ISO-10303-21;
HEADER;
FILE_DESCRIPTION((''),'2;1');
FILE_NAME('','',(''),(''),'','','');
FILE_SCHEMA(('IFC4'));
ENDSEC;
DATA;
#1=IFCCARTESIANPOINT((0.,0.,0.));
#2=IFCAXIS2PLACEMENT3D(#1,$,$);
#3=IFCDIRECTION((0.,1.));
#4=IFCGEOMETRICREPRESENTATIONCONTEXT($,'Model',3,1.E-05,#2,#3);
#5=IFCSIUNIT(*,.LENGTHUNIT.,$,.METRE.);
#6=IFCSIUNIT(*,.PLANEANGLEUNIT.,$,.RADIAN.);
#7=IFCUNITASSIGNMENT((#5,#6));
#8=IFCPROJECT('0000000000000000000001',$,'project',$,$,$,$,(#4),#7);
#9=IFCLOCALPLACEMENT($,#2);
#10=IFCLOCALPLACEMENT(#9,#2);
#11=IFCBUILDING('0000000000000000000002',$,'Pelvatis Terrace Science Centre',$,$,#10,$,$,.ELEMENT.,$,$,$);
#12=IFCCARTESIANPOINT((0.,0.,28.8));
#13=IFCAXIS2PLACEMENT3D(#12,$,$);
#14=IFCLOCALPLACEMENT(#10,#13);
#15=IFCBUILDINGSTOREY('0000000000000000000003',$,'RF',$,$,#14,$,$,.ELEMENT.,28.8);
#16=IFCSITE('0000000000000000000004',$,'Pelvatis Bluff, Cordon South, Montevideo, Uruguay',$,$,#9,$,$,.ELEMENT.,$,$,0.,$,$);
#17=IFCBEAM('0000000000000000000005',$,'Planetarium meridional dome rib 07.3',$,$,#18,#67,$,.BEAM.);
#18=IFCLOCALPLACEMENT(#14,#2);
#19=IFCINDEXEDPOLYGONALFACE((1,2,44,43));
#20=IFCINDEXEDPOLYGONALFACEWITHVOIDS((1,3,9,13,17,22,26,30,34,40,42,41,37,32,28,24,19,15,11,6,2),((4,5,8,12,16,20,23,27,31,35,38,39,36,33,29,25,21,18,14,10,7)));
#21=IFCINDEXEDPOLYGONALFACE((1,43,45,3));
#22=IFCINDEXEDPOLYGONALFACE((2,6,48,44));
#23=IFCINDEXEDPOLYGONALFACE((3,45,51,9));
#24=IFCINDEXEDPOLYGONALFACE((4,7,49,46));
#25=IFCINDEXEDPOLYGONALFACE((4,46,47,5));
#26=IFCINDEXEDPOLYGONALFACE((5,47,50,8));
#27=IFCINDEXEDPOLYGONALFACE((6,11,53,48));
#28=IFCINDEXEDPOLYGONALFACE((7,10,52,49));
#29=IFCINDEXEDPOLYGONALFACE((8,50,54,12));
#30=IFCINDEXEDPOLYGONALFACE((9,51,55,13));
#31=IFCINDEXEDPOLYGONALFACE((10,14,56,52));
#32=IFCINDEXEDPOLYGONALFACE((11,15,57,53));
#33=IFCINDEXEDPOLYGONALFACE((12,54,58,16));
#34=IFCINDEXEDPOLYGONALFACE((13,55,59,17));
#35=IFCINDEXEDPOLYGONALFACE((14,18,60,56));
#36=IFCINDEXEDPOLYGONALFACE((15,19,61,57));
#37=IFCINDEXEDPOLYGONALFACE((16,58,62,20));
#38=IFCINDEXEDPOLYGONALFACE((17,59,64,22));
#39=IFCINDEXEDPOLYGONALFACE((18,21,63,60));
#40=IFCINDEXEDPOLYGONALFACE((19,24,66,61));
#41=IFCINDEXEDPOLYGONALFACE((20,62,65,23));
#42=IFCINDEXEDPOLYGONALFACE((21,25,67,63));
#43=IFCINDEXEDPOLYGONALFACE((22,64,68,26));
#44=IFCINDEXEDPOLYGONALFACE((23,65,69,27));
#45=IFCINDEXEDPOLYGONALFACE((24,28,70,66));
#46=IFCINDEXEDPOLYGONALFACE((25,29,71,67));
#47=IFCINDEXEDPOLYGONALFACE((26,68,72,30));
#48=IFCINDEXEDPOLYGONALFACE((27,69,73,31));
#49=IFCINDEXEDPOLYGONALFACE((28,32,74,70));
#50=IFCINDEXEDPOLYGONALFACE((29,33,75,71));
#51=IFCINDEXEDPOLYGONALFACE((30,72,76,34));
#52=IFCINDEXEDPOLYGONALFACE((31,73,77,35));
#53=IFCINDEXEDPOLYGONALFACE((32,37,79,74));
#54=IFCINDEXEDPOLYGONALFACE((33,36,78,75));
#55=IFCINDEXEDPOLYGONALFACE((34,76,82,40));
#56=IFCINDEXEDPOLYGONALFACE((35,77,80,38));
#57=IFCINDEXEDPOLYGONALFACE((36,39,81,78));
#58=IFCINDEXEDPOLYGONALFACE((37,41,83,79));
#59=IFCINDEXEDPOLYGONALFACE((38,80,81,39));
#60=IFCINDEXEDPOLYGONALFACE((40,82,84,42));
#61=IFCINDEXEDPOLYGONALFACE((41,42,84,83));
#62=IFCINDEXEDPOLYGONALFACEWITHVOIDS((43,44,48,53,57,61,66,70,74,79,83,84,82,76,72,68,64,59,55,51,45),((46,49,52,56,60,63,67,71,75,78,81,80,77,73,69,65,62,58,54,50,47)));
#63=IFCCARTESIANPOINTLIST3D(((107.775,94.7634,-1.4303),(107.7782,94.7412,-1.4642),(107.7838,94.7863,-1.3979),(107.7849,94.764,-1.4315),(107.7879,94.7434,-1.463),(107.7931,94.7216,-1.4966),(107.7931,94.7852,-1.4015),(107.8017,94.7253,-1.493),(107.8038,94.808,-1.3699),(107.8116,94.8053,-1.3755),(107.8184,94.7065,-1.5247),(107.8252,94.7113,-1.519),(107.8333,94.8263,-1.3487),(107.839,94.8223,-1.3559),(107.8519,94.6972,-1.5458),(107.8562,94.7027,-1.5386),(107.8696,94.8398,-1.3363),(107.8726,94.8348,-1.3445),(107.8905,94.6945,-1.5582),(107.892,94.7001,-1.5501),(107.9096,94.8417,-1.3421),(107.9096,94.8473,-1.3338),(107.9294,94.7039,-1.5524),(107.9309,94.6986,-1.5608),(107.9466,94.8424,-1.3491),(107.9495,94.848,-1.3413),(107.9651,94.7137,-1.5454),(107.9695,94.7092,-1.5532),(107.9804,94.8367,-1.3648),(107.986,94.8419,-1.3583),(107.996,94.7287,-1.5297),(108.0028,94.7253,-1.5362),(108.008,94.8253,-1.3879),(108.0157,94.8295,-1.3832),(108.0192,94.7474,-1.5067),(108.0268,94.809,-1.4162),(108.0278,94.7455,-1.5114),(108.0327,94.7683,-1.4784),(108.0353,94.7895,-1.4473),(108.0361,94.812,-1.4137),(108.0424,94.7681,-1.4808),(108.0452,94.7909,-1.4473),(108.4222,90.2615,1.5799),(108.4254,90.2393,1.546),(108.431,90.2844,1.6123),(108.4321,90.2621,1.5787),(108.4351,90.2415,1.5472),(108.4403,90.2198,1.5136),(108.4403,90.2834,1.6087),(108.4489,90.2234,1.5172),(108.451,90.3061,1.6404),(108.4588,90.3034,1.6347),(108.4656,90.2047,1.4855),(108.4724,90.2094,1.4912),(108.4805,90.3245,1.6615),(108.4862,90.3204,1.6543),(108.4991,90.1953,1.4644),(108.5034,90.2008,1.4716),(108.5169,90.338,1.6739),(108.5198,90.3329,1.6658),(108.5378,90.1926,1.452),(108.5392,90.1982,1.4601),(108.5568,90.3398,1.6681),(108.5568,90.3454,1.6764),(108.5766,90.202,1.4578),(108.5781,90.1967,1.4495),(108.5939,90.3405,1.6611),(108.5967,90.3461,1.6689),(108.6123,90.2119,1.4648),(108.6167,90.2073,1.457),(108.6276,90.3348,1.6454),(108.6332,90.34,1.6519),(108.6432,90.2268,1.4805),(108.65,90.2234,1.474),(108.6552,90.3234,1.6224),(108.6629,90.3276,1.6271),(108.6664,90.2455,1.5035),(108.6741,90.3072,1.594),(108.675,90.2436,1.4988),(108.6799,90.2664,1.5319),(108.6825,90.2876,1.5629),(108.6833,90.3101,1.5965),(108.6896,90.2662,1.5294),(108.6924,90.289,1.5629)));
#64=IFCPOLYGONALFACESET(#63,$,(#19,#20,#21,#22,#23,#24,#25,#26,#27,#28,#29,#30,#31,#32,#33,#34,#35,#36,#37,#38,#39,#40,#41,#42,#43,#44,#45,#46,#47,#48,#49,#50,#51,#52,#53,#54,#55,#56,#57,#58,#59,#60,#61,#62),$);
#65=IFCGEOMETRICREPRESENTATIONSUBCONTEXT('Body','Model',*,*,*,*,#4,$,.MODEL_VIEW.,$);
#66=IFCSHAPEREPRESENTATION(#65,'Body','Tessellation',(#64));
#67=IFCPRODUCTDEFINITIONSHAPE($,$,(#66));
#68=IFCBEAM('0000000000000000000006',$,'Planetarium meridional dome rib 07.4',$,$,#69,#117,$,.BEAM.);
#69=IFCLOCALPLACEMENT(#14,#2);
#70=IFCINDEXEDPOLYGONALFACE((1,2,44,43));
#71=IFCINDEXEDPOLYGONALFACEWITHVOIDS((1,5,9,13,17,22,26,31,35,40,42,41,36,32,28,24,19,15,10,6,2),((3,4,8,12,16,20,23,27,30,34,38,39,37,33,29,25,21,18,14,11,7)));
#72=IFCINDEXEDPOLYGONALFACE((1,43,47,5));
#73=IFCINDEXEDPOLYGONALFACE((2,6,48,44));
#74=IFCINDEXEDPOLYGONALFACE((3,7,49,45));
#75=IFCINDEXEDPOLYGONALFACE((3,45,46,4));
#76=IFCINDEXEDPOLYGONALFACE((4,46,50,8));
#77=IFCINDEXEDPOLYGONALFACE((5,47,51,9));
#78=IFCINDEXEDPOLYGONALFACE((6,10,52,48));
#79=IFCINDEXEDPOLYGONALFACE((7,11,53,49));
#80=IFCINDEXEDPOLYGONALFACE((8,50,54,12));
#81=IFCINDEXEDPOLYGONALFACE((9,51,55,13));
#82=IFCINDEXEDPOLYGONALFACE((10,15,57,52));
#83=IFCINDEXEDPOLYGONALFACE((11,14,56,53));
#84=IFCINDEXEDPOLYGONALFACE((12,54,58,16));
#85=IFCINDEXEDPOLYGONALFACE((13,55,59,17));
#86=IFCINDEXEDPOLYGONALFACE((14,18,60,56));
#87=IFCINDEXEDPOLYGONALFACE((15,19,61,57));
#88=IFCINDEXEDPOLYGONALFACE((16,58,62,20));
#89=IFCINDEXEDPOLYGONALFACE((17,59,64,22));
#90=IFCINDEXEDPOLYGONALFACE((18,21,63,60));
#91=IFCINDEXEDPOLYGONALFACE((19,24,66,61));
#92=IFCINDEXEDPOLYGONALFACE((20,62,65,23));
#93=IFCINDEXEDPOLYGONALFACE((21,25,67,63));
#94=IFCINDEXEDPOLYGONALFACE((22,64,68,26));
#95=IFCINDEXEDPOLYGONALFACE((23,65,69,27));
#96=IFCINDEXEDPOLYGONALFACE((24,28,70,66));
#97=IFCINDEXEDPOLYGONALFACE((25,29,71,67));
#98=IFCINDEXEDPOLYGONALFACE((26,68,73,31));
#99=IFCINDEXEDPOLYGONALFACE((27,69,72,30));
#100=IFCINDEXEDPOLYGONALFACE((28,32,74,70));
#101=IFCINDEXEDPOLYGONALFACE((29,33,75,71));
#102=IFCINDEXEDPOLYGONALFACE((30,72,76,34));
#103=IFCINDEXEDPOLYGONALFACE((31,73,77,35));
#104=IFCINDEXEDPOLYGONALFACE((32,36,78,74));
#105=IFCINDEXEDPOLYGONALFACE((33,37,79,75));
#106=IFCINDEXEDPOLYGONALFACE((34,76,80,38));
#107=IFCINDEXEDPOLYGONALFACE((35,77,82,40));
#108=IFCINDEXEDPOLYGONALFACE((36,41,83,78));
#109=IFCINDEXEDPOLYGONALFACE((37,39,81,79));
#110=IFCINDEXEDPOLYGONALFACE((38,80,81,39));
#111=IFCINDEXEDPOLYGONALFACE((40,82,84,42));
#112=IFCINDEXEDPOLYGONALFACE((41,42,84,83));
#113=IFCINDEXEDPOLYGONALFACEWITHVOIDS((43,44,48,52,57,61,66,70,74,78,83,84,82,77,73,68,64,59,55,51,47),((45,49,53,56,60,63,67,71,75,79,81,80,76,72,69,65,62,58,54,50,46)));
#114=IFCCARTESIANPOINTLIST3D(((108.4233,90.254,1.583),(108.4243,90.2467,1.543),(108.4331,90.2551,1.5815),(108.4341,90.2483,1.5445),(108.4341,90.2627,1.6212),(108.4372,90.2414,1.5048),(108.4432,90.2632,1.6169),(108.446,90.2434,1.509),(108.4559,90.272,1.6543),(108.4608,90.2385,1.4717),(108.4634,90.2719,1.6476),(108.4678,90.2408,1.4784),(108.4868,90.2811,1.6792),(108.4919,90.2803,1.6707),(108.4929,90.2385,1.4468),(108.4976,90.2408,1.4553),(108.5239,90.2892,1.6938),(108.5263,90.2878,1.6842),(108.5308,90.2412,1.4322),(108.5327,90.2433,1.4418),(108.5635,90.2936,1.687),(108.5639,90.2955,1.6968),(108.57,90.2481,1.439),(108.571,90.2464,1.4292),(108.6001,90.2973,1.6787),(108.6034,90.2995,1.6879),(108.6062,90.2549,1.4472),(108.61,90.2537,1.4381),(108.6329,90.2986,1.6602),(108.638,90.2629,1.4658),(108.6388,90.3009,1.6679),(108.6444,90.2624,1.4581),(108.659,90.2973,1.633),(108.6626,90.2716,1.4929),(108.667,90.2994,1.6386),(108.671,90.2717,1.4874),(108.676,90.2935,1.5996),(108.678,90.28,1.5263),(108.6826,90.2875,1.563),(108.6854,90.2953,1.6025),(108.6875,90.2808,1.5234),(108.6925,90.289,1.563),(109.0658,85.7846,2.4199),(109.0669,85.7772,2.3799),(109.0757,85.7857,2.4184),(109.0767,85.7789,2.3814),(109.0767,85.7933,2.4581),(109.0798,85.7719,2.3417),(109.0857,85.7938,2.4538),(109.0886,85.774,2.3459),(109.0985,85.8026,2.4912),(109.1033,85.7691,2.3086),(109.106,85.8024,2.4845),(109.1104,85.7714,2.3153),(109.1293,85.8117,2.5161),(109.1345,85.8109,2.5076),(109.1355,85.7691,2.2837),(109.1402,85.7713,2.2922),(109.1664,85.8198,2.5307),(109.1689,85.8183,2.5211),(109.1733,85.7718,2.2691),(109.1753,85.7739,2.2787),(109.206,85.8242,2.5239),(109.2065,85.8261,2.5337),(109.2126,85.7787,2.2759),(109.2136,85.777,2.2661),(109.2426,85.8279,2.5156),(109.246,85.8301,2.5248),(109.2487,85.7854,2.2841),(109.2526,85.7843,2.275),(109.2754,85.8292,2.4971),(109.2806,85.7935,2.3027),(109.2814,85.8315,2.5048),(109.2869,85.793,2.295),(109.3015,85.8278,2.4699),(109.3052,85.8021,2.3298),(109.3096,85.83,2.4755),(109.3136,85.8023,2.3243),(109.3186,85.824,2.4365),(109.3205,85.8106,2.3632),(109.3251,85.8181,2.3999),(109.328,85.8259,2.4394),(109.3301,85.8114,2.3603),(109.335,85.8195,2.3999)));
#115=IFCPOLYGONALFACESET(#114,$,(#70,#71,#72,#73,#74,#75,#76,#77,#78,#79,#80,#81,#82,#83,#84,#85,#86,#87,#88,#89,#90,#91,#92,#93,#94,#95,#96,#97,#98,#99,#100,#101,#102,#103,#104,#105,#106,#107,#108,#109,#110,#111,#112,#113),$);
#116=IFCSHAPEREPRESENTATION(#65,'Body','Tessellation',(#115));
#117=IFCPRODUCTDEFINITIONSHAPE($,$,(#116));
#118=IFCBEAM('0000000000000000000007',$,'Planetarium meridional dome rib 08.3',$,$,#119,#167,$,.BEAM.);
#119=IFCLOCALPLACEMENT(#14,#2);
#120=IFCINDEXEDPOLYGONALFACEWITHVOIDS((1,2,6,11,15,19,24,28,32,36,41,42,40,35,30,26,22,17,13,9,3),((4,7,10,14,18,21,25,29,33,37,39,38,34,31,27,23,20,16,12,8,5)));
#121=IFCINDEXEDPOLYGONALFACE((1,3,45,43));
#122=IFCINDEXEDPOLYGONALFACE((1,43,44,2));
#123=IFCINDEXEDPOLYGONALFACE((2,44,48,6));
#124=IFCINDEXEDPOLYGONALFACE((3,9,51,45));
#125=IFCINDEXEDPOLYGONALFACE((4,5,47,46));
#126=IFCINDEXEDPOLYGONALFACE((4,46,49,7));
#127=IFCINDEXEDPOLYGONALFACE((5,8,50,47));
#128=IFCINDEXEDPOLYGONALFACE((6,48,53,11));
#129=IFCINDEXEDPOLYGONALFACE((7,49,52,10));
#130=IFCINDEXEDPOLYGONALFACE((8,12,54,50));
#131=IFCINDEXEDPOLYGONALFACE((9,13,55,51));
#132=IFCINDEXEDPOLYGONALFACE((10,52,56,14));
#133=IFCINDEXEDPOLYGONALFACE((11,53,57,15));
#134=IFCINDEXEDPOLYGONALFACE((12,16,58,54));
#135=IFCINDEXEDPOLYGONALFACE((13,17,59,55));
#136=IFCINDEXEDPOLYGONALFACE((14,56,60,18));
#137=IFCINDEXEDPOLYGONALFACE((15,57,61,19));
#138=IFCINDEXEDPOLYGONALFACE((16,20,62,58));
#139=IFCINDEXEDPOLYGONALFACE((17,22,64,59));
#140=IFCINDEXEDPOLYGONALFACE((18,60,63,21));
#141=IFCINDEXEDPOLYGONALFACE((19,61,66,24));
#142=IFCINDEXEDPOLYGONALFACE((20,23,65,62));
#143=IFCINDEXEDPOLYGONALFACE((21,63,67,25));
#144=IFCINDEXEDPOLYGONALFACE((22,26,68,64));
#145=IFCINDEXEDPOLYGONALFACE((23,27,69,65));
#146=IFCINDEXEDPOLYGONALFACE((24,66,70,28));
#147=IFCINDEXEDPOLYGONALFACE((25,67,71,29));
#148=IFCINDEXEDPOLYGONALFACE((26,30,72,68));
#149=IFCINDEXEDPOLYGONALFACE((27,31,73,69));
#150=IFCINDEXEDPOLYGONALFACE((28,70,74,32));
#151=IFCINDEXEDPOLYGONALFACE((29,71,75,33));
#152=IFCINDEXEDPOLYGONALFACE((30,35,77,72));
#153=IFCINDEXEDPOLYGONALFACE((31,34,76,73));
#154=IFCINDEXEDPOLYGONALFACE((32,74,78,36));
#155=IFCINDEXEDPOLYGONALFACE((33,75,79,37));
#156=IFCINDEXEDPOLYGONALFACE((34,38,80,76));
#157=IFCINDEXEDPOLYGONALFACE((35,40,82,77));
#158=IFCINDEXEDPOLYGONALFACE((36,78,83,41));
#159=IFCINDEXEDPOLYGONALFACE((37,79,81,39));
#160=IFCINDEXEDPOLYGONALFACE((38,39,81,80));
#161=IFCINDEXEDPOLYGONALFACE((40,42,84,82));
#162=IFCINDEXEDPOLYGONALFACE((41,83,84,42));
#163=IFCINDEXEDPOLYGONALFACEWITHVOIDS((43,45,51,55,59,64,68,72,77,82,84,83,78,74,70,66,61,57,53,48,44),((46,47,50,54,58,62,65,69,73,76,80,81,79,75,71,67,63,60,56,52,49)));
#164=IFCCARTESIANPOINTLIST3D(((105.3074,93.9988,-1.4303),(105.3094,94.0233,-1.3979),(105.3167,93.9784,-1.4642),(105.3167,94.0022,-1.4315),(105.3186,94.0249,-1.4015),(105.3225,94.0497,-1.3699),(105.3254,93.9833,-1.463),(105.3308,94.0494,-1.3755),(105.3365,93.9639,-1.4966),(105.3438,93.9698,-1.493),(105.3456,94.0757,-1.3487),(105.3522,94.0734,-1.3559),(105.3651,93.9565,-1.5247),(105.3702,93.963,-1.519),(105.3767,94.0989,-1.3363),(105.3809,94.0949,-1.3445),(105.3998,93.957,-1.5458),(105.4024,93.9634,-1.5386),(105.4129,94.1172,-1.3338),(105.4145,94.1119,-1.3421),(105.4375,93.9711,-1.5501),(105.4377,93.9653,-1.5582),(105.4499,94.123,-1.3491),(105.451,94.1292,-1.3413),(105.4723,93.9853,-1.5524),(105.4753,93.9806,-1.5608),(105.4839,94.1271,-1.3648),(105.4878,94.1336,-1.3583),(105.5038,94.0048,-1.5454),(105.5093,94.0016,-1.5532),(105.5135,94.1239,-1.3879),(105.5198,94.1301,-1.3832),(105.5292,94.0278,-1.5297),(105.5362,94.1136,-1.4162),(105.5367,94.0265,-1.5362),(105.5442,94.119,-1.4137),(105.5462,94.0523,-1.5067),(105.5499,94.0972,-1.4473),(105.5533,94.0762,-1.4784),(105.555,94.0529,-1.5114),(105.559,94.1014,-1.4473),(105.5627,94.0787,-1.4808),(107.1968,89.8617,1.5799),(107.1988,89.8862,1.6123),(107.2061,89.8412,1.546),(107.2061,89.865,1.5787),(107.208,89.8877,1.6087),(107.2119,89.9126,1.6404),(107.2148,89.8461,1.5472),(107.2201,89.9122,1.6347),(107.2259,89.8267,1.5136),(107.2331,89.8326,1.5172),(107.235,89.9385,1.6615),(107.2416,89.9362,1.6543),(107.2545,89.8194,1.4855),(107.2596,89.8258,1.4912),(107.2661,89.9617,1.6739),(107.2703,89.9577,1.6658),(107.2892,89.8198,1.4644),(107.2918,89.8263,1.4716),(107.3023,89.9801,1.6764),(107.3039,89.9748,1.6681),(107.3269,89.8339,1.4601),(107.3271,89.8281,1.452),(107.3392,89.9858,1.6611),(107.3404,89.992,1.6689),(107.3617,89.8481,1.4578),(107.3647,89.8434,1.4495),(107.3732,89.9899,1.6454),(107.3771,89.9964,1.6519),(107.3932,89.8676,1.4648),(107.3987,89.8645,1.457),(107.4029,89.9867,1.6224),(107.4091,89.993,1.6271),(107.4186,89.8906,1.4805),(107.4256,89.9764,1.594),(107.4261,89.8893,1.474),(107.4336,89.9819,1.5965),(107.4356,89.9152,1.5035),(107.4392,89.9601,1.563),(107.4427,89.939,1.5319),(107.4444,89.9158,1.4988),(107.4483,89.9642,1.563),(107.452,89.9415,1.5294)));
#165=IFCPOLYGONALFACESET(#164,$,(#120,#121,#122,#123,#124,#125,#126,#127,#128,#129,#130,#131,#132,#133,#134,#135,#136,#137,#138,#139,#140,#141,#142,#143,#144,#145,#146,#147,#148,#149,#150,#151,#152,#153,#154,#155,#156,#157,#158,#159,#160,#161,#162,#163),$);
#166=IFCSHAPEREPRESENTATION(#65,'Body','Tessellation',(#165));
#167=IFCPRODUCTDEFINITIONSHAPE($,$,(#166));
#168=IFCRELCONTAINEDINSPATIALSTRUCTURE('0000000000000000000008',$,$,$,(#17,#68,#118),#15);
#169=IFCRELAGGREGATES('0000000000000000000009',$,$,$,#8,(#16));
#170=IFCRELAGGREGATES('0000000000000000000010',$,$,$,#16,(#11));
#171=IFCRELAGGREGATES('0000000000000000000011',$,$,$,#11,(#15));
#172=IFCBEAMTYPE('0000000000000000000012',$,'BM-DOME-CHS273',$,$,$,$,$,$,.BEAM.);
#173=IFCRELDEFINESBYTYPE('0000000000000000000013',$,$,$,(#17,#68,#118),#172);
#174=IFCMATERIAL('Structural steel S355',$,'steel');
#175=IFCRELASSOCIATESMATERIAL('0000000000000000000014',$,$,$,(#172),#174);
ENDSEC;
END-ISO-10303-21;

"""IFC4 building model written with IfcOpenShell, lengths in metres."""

from ifc_helpers import new_model, si_unit, direction, frame, origin, origin_2d, place, context, subcontext, project, spatial, hollow_circle, extrude, material, material_profile, profile_set, type_object, element, save


model = new_model("IFC4")

# Units and contexts
model_context = context("Model", 3, precision=1e-05, world=origin(), true_north=direction((0.0, 1.0)))
body_context = subcontext(model_context, "Body", "Model", "MODEL_VIEW")
ifc_project = project(units=[si_unit("LENGTHUNIT", "METRE"), si_unit("PLANEANGLEUNIT", "RADIAN")], contexts=[model_context])

# Site, building, storey
site_placement = place(None, origin())
site = spatial("IfcSite", under=ifc_project, at=site_placement, Name="Pelvatis Bluff, Cordon South, Montevideo, Uruguay", CompositionType="ELEMENT", RefElevation=0.0)
building_placement = place(site_placement, origin())
building = spatial("IfcBuilding", under=site, at=building_placement, Name="Pelvatis Terrace Science Centre", CompositionType="ELEMENT")
storey_placement = place(building_placement, frame((0.0, 0.0, 28.8)))
storey = spatial("IfcBuildingStorey", under=building, at=storey_placement, Name="RF", CompositionType="ELEMENT", Elevation=28.8)

# Beams
ifc_material_1 = material(Name="Structural steel S355", Category="steel")
ifc_material_profile_1 = material_profile(ifc_material_1, hollow_circle(Radius=0.1365, WallThickness=0.01, at=origin_2d()), Name="CHS 273.0x10.0")
ifc_profile_set_1 = profile_set([ifc_material_profile_1], Name="Structural steel S355")
beam_type_1 = type_object("IfcBeamType", Name="BM-DOME-CHS273", PredefinedType="BEAM", material=ifc_profile_set_1)
beam_1_placement = place(storey_placement, frame((107.9102, 94.7715, -1.4473), z_axis=(0.118664, -0.825413, 0.551917), x_axis=(0.989823, 0.142301, 0.0)))
element("IfcBeam", 1, at=beam_1_placement, inside=storey, type_object=beam_type_1, Name="Planetarium meridional dome rib 07.3", PredefinedType="BEAM", context=body_context, shape_type="SweptSolid", body=[
    extrude(hollow_circle(Radius=0.1365, WallThickness=0.01, at=origin_2d()), origin(), (0.0, 0.0, 1.0), 5.4541),
])
beam_2_placement = place(storey_placement, frame((108.5574, 90.2695, 1.563), z_axis=(0.139924, -0.973247, 0.182241), x_axis=(0.989823, 0.142307, 0.0)))
element("IfcBeam", 2, at=beam_2_placement, inside=storey, type_object=beam_type_1, Name="Planetarium meridional dome rib 07.4", PredefinedType="BEAM", context=body_context, shape_type="SweptSolid", body=[
    extrude(hollow_circle(Radius=0.1365, WallThickness=0.01, at=origin_2d()), origin(), (0.0, 0.0, 1.0), 4.5923),
])
beam_3_placement = place(storey_placement, frame((105.4348, 94.0447, -1.4473), z_axis=(0.346415, -0.75854, 0.551918), x_axis=(0.909632, 0.415416, 0.0)))
element("IfcBeam", 3, at=beam_3_placement, inside=storey, type_object=beam_type_1, Name="Planetarium meridional dome rib 08.3", PredefinedType="BEAM", context=body_context, shape_type="SweptSolid", body=[
    extrude(hollow_circle(Radius=0.1365, WallThickness=0.01, at=origin_2d()), origin(), (0.0, 0.0, 1.0), 5.4541),
])

save(model, "model.ifc")
